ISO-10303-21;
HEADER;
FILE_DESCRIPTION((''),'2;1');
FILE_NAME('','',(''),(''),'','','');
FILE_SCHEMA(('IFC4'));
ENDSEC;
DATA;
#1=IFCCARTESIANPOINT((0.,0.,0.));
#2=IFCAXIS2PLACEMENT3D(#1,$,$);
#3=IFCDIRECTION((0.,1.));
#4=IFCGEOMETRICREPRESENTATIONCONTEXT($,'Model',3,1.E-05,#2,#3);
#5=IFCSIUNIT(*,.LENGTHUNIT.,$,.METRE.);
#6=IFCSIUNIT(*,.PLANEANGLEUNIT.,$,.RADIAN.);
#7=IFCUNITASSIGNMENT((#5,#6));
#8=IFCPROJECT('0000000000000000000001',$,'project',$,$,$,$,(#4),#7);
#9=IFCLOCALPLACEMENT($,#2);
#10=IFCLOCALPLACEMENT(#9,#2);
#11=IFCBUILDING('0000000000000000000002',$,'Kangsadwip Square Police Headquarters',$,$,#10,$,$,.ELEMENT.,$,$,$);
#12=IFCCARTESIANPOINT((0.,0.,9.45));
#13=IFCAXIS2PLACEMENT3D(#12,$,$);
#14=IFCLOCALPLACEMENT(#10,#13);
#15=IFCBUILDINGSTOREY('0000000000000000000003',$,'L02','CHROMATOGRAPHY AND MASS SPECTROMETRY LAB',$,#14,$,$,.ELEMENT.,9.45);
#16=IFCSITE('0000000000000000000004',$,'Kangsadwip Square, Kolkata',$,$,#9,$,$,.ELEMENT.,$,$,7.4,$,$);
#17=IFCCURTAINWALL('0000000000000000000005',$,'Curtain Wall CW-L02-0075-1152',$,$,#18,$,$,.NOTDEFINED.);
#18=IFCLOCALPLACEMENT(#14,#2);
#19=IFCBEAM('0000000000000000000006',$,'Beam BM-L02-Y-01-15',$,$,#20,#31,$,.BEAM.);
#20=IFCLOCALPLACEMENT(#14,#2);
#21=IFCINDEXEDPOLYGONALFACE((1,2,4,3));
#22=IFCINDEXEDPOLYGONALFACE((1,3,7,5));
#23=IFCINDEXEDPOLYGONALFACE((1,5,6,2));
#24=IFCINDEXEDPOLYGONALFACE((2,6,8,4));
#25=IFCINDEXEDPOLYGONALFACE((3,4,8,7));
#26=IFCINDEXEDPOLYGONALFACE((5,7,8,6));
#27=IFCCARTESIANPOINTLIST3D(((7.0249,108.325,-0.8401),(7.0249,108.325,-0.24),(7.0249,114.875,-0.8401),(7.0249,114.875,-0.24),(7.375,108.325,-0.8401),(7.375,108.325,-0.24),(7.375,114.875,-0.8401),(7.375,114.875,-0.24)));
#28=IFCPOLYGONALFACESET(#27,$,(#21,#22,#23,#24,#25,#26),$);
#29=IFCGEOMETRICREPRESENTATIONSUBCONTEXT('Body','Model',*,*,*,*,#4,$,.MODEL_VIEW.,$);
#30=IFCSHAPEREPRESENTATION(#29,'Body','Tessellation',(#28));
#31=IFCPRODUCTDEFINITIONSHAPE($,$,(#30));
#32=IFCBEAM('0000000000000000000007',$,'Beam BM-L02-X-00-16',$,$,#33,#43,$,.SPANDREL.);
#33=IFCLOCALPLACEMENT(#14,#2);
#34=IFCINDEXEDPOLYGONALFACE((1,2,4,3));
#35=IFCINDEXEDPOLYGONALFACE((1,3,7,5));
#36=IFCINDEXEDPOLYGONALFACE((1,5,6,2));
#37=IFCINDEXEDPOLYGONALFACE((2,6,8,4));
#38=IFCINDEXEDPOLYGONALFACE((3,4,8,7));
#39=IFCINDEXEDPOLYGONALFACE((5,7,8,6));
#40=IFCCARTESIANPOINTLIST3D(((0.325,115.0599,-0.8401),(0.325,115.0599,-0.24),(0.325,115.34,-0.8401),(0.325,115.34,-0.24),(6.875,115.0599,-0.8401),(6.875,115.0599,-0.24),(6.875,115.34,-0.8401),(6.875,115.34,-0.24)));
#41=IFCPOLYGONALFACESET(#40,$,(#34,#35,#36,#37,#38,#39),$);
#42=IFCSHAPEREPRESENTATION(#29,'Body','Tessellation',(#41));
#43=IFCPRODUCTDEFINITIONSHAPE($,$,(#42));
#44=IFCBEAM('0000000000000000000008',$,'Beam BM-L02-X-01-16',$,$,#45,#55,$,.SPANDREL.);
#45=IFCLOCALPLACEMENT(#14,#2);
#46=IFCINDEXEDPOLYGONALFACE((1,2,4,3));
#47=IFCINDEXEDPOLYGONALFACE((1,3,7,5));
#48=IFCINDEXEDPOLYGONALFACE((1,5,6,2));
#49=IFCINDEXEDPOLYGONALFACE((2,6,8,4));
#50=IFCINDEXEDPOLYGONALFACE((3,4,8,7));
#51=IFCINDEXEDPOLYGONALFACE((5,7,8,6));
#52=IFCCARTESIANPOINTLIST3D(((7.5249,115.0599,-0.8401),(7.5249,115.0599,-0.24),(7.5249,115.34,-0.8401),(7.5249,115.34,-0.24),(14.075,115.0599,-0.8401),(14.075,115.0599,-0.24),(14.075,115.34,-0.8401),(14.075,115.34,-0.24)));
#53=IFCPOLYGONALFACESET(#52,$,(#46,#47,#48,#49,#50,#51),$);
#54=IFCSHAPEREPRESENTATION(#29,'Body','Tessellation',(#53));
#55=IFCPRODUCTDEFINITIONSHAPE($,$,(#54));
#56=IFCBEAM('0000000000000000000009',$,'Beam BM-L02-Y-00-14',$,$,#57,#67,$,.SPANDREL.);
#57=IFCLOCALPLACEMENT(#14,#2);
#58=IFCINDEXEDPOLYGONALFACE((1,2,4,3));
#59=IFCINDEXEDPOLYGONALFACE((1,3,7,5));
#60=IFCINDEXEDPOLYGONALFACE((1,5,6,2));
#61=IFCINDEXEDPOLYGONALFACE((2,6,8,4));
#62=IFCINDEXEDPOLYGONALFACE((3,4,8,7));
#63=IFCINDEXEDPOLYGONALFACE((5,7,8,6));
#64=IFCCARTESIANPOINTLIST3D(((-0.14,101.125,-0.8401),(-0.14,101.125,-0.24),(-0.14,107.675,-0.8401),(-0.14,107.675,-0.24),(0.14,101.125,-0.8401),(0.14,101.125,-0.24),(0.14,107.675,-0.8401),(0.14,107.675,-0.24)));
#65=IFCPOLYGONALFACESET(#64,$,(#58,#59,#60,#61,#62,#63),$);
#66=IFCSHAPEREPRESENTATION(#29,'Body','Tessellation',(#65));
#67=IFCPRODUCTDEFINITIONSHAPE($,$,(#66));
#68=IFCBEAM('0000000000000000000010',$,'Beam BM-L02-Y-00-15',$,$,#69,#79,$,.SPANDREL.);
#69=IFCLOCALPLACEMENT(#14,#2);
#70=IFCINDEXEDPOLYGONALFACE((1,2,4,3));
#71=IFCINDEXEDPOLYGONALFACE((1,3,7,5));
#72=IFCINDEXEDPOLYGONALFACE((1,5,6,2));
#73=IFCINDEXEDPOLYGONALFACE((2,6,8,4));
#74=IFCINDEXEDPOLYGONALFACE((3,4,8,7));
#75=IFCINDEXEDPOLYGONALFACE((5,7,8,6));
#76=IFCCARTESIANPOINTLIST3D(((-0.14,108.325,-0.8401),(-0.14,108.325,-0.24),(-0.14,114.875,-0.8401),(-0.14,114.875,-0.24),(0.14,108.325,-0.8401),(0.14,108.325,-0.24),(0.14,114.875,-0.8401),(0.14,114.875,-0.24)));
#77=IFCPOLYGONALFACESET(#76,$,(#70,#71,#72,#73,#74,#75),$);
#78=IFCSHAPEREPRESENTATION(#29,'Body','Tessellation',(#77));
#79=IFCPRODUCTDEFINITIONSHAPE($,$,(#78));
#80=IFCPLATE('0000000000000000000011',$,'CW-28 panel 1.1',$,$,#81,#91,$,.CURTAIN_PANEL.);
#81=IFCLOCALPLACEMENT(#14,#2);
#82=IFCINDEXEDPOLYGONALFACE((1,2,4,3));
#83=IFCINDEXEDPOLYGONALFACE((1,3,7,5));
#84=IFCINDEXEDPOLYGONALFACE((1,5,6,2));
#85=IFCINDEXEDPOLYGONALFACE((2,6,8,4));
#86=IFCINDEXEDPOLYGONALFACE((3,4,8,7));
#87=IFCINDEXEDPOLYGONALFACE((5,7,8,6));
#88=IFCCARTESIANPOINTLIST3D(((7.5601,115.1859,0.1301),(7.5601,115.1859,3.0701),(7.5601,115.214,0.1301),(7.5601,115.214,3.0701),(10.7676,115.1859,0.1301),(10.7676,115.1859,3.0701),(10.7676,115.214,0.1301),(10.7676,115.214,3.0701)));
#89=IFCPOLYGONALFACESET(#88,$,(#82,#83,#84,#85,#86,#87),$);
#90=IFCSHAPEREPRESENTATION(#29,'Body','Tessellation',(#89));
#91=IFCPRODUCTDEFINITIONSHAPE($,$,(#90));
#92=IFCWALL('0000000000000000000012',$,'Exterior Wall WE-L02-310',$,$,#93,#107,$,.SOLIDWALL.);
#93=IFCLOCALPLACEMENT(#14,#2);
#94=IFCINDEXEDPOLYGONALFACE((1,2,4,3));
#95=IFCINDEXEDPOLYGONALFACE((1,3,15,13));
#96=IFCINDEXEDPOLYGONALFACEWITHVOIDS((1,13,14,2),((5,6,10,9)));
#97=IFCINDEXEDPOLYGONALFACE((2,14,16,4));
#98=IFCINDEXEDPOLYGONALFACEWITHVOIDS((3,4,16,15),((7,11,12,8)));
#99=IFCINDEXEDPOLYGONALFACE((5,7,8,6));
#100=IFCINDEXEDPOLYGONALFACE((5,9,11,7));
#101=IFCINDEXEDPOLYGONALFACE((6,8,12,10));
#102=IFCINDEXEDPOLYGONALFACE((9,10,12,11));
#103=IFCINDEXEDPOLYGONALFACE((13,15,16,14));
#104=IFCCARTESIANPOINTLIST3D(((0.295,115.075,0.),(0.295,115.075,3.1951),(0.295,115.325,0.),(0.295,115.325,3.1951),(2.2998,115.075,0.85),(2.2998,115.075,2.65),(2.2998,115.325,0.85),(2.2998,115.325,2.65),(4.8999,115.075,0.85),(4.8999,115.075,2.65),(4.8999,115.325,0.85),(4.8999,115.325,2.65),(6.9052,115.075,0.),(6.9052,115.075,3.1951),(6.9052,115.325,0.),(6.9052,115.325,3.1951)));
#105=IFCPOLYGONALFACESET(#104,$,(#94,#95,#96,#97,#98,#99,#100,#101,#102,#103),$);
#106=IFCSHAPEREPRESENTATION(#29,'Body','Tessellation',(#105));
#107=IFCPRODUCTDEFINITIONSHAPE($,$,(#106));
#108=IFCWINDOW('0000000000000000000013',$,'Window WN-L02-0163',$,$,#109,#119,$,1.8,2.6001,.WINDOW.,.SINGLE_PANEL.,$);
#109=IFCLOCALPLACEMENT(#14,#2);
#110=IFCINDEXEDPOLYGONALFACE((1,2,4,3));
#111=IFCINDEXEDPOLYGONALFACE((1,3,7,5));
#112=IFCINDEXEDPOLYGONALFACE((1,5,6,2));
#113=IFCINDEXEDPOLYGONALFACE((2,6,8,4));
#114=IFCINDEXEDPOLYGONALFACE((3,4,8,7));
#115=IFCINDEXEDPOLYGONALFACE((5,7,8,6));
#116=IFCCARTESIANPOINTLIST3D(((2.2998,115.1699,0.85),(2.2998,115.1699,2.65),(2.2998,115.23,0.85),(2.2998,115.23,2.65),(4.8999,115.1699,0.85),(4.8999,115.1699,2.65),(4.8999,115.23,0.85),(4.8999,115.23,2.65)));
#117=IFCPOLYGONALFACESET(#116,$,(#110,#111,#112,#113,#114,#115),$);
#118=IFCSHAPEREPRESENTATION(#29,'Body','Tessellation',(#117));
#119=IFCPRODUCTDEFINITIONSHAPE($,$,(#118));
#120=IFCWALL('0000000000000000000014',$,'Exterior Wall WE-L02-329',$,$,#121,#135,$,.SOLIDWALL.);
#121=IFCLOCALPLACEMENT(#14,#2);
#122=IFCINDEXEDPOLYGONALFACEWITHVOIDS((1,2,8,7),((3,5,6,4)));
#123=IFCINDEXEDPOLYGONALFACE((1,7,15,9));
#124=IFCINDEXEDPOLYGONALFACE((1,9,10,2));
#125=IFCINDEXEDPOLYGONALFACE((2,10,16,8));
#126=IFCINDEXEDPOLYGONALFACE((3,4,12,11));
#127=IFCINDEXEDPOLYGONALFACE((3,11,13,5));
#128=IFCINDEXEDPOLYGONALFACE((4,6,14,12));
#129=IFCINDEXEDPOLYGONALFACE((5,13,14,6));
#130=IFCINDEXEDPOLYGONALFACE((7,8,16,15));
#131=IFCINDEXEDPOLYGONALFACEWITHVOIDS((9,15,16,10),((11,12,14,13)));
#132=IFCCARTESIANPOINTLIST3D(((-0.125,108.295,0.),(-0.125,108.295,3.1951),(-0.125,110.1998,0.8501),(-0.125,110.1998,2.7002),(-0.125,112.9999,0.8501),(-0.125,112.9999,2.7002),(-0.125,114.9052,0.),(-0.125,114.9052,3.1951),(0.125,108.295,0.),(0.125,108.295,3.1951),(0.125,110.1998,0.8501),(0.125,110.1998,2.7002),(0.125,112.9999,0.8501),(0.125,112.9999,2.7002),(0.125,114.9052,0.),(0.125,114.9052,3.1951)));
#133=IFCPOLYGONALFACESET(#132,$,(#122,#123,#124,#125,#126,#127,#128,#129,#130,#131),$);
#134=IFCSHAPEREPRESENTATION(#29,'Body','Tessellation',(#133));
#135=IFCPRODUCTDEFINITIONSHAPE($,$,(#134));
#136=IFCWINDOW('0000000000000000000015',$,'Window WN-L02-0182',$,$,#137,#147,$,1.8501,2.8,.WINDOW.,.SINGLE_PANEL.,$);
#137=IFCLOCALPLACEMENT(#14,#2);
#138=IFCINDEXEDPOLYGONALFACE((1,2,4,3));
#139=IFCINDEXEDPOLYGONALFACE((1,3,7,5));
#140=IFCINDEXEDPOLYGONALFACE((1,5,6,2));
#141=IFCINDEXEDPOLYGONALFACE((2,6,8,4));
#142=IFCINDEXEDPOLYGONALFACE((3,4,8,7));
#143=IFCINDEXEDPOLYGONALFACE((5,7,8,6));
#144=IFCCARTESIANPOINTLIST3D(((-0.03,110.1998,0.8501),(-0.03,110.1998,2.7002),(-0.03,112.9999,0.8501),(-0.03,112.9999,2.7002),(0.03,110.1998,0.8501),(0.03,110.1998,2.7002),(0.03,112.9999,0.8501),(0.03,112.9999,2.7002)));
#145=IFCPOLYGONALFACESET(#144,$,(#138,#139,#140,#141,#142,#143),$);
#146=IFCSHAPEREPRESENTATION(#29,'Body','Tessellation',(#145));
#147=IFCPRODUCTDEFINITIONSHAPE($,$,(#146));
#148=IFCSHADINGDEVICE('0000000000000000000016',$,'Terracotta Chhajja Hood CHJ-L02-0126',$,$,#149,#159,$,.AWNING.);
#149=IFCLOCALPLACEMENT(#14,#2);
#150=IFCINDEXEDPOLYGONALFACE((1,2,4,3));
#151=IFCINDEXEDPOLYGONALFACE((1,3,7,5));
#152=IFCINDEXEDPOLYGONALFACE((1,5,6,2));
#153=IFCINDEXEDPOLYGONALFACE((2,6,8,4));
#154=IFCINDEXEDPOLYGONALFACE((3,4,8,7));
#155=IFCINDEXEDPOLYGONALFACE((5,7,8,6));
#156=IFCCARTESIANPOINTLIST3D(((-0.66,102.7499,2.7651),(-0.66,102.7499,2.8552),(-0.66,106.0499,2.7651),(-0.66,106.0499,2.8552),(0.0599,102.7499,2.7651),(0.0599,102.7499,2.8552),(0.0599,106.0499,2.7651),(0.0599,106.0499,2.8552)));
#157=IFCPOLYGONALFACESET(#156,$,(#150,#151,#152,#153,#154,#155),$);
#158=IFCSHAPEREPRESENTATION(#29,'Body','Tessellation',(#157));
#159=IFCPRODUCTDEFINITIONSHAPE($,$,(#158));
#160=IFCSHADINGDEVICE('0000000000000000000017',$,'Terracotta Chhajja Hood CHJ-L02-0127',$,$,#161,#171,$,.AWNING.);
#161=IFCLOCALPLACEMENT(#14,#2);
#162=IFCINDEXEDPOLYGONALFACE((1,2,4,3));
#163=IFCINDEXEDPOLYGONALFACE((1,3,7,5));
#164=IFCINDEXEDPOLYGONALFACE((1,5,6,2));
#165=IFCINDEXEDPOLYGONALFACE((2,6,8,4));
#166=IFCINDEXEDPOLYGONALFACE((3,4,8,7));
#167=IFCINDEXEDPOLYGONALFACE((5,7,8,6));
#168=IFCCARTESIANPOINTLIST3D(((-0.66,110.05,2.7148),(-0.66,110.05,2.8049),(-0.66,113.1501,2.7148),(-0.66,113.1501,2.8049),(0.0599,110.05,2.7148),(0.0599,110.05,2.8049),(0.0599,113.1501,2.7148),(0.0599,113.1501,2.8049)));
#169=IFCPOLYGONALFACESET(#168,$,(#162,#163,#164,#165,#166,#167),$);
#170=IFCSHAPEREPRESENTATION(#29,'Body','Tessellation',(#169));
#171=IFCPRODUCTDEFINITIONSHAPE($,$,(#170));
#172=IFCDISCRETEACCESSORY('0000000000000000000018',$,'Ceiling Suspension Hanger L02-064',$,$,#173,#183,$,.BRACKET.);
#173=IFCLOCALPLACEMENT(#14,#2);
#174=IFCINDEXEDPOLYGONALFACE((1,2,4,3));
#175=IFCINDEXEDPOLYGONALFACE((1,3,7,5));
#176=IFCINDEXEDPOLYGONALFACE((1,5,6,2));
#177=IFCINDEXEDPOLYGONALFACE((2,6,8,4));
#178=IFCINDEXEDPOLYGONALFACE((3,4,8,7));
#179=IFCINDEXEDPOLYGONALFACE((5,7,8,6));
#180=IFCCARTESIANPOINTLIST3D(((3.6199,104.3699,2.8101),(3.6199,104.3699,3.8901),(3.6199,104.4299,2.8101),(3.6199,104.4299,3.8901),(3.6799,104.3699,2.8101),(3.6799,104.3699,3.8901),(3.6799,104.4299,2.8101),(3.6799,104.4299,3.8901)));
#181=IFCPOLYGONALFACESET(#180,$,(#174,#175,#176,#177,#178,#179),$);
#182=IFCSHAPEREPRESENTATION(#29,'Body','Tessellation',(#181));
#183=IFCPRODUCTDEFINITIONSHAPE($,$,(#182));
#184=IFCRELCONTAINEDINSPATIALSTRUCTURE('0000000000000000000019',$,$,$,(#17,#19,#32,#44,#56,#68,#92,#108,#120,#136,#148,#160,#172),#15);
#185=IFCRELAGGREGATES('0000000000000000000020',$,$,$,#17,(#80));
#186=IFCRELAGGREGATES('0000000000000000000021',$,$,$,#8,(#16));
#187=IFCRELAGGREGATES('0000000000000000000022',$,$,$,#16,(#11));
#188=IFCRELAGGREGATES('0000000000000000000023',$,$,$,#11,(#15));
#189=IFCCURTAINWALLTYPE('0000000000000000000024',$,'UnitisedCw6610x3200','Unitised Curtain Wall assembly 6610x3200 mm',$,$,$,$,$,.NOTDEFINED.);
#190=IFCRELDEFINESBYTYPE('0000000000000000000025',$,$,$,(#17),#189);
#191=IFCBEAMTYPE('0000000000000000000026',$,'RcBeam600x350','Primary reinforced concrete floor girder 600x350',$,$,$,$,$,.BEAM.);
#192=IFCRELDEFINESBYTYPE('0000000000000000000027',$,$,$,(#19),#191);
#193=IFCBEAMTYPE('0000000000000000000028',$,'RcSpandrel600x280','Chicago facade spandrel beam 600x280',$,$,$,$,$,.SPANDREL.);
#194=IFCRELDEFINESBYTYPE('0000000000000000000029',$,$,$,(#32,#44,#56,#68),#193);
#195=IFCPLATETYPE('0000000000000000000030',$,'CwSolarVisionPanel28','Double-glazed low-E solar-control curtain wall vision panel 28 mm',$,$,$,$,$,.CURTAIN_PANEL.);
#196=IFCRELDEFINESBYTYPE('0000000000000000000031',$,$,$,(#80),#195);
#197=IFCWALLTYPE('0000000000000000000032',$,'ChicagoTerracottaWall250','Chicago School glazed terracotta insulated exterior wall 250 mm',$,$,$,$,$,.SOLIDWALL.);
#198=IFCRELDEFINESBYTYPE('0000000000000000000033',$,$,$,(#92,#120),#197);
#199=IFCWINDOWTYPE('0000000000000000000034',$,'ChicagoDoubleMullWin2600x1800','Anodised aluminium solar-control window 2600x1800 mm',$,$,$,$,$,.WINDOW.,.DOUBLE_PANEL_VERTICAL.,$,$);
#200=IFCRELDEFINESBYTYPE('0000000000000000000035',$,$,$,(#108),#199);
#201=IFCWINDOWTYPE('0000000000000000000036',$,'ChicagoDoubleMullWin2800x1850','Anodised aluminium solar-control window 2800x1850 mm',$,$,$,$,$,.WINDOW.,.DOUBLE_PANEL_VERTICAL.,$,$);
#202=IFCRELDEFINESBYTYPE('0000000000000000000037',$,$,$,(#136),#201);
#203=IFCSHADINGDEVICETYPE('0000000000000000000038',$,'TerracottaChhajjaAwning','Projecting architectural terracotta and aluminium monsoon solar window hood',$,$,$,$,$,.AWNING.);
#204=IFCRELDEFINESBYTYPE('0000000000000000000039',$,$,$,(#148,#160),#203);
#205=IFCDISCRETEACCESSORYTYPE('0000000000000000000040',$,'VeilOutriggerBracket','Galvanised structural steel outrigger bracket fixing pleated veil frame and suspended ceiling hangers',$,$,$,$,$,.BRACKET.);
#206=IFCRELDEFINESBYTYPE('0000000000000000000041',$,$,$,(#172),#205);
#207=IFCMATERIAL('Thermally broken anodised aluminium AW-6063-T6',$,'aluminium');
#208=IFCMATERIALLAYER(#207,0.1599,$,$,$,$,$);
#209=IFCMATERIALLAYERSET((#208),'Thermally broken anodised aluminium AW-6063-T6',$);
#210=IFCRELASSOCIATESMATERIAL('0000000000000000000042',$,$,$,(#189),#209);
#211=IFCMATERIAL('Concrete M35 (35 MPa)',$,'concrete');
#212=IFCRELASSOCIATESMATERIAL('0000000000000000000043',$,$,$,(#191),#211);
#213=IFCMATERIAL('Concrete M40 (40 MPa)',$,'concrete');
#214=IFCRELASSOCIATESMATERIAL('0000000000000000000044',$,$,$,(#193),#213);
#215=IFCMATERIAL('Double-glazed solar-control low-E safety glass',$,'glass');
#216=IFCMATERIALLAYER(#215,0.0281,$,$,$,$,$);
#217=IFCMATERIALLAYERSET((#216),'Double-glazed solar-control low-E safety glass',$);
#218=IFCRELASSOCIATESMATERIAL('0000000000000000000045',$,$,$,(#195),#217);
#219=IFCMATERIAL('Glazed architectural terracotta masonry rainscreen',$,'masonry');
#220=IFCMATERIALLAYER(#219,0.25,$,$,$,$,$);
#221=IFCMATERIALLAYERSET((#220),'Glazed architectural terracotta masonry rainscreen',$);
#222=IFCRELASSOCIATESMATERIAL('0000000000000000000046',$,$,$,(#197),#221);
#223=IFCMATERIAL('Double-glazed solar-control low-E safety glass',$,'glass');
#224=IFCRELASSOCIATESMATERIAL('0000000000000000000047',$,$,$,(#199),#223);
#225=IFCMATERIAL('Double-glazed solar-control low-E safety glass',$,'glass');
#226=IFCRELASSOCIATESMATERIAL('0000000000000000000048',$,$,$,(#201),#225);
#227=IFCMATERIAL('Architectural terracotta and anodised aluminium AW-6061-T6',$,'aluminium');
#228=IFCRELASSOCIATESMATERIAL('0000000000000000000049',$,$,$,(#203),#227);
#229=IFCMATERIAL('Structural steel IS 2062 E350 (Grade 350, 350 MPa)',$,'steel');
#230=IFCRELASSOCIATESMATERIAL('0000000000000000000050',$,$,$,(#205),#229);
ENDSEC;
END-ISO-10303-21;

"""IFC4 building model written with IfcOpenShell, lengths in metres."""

from ifc_helpers import new_model, si_unit, direction, frame, frame_2d, origin, origin_2d, place, context, subcontext, project, spatial, rectangle, extrude, material, layer, layer_set, material_profile, profile_set, type_object, element, fill, aggregate, save


model = new_model("IFC4")

# Units and contexts
model_context = context("Model", 3, precision=1e-05, world=origin(), true_north=direction((0.0, 1.0)))
body_context = subcontext(model_context, "Body", "Model", "MODEL_VIEW")
ifc_project = project(units=[si_unit("LENGTHUNIT", "METRE"), si_unit("PLANEANGLEUNIT", "RADIAN")], contexts=[model_context])

# Site, building, storey
site_placement = place(None, origin())
site = spatial("IfcSite", under=ifc_project, at=site_placement, Name="Kangsadwip Square, Kolkata", CompositionType="ELEMENT", RefElevation=7.4)
building_placement = place(site_placement, origin())
building = spatial("IfcBuilding", under=site, at=building_placement, Name="Kangsadwip Square Police Headquarters", CompositionType="ELEMENT")
storey_placement = place(building_placement, frame((0.0, 0.0, 9.45)))
storey = spatial("IfcBuildingStorey", under=building, at=storey_placement, Name="L02", Description="CHROMATOGRAPHY AND MASS SPECTROMETRY LAB", CompositionType="ELEMENT", Elevation=9.45)

# Curtain wall
ifc_material_1 = material(Name="Thermally broken anodised aluminium AW-6063-T6", Category="aluminium")
ifc_layer_1 = layer(ifc_material_1, 0.1599)
ifc_layer_set_1 = layer_set([ifc_layer_1], Name="Thermally broken anodised aluminium AW-6063-T6")
curtain_wall_type = type_object("IfcCurtainWallType", Name="UnitisedCw6610x3200", Description="Unitised Curtain Wall assembly 6610x3200 mm", PredefinedType="NOTDEFINED", material=ifc_layer_set_1)
curtain_wall_placement = place(storey_placement, origin())
curtain_wall = element("IfcCurtainWall", 1, at=curtain_wall_placement, inside=storey, type_object=curtain_wall_type, Name="Curtain Wall CW-L02-0075-1152", PredefinedType="NOTDEFINED")

# Beams
ifc_material_2 = material(Name="Concrete M35 (35 MPa)", Category="concrete")
ifc_material_profile_1 = material_profile(ifc_material_2, rectangle(XDim=0.3501, YDim=0.6001, at=origin_2d()), Name="RC BM 600X350")
ifc_profile_set_1 = profile_set([ifc_material_profile_1], Name="Concrete M35 (35 MPa)")
beam_type_1 = type_object("IfcBeamType", Name="RcBeam600x350", Description="Primary reinforced concrete floor girder 600x350", PredefinedType="BEAM", material=ifc_profile_set_1)
for number, where, z_axis, x_axis, name in (
    (2, (7.2, 108.325, -0.54), (0.0, 1.0, 0.0), (-1.0, 0.0, 0.0), "Beam BM-L02-Y-01-15"),
):
    element("IfcBeam", number, at=place(storey_placement, frame(where, z_axis=z_axis, x_axis=x_axis)), inside=storey, type_object=beam_type_1, Name=name, PredefinedType="BEAM", context=body_context, shape_type="SweptSolid", body=[
        extrude(rectangle(XDim=0.3501, YDim=0.6001, at=origin_2d()), origin(), (0.0, 0.0, 1.0), 6.55),
    ])
ifc_material_3 = material(Name="Concrete M40 (40 MPa)", Category="concrete")
ifc_material_profile_2 = material_profile(ifc_material_3, rectangle(XDim=0.28, YDim=0.6001, at=origin_2d()), Name="RC SPN 600X280")
ifc_profile_set_2 = profile_set([ifc_material_profile_2], Name="Concrete M40 (40 MPa)")
beam_type_2 = type_object("IfcBeamType", Name="RcSpandrel600x280", Description="Chicago facade spandrel beam 600x280", PredefinedType="SPANDREL", material=ifc_profile_set_2)
for number, where, z_axis, x_axis, name in (
    (3, (0.325, 115.2, -0.54), (1.0, 0.0, 0.0), (0.0, 1.0, 0.0), "Beam BM-L02-X-00-16"),
    (4, (7.5249, 115.2, -0.54), (1.0, 0.0, 0.0), (0.0, 1.0, 0.0), "Beam BM-L02-X-01-16"),
    (5, (0.0, 101.125, -0.54), (0.0, 1.0, 0.0), (-1.0, 0.0, 0.0), "Beam BM-L02-Y-00-14"),
    (6, (0.0, 108.325, -0.54), (0.0, 1.0, 0.0), (-1.0, 0.0, 0.0), "Beam BM-L02-Y-00-15"),
):
    element("IfcBeam", number, at=place(storey_placement, frame(where, z_axis=z_axis, x_axis=x_axis)), inside=storey, type_object=beam_type_2, Name=name, PredefinedType="SPANDREL", context=body_context, shape_type="SweptSolid", body=[
        extrude(rectangle(XDim=0.28, YDim=0.6001, at=origin_2d()), origin(), (0.0, 0.0, 1.0), 6.55),
    ])

# Plate
ifc_material_4 = material(Name="Double-glazed solar-control low-E safety glass", Category="glass")
ifc_layer_2 = layer(ifc_material_4, 0.0281)
ifc_layer_set_2 = layer_set([ifc_layer_2], Name="Double-glazed solar-control low-E safety glass")
plate_type = type_object("IfcPlateType", Name="CwSolarVisionPanel28", Description="Double-glazed low-E solar-control curtain wall vision panel 28 mm", PredefinedType="CURTAIN_PANEL", material=ifc_layer_set_2)
plate_placement = place(storey_placement, frame((9.1638, 115.2, 0.1301), z_axis=(0.0, 0.0, 1.0), x_axis=(1.0, 0.0, 0.0)))
plate = element("IfcPlate", 7, at=plate_placement, type_object=plate_type, Name="CW-28 panel 1.1", PredefinedType="CURTAIN_PANEL", context=body_context, shape_type="SweptSolid", body=[
    extrude(rectangle(XDim=3.2075, YDim=0.0281, at=origin_2d()), origin(), (0.0, 0.0, 1.0), 2.9399),
])
aggregate(curtain_wall, [plate])

# Walls, openings, windows
ifc_material_5 = material(Name="Glazed architectural terracotta masonry rainscreen", Category="masonry")
ifc_layer_3 = layer(ifc_material_5, 0.25)
ifc_layer_set_3 = layer_set([ifc_layer_3], Name="Glazed architectural terracotta masonry rainscreen")
wall_type = type_object("IfcWallType", Name="ChicagoTerracottaWall250", Description="Chicago School glazed terracotta insulated exterior wall 250 mm", PredefinedType="SOLIDWALL", material=ifc_layer_set_3)
wall_1_placement = place(storey_placement, frame((0.2949, 115.2, 0.0), z_axis=(0.0, 0.0, 1.0), x_axis=(1.0, 0.0, 0.0)))
wall_1 = element("IfcWall", 8, at=wall_1_placement, inside=storey, type_object=wall_type, Name="Exterior Wall WE-L02-310", PredefinedType="SOLIDWALL", context=body_context, shape_type="SweptSolid", body=[
    extrude(rectangle(XDim=6.6101, YDim=0.25, at=frame_2d((3.3052, 0.0))), origin(), (0.0, 0.0, 1.0), 3.1951),
])
opening_1_placement = place(wall_1_placement, frame((2.0049, 0.0, 0.8501)))
opening_1 = element("IfcOpeningElement", 9, at=opening_1_placement, cuts=wall_1, PredefinedType="OPENING", context=body_context, shape_type="SweptSolid", body=[
    extrude(rectangle(XDim=2.6001, YDim=1.8, at=frame_2d((1.3, 0.8999))), frame((0.0, 0.135, 0.0), z_axis=(0.0, -1.0, 0.0), x_axis=(1.0, 0.0, 0.0)), (0.0, 0.0, 1.0), 0.27),
])
ifc_material_6 = material(Name="Double-glazed solar-control low-E safety glass", Category="glass")
window_type_1 = type_object("IfcWindowType", Name="ChicagoDoubleMullWin2600x1800", Description="Anodised aluminium solar-control window 2600x1800 mm", PartitioningType="DOUBLE_PANEL_VERTICAL", PredefinedType="WINDOW", material=ifc_material_6)
window_1_placement = place(opening_1_placement, origin())
window_1 = element("IfcWindow", 10, at=window_1_placement, inside=storey, type_object=window_type_1, Name="Window WN-L02-0163", OverallHeight=1.8, OverallWidth=2.6001, PartitioningType="SINGLE_PANEL", PredefinedType="WINDOW", context=body_context, shape_type="SweptSolid", body=[
    extrude(rectangle(XDim=2.6001, YDim=1.8, at=frame_2d((1.3, 0.8999))), frame((0.0, 0.03, 0.0), z_axis=(0.0, -1.0, 0.0), x_axis=(1.0, 0.0, 0.0)), (0.0, 0.0, 1.0), 0.0601),
])
fill(opening_1, window_1)
wall_2_placement = place(storey_placement, frame((0.0, 108.2949, 0.0), z_axis=(0.0, 0.0, 1.0), x_axis=(0.0, 1.0, 0.0)))
wall_2 = element("IfcWall", 11, at=wall_2_placement, inside=storey, type_object=wall_type, Name="Exterior Wall WE-L02-329", PredefinedType="SOLIDWALL", context=body_context, shape_type="SweptSolid", body=[
    extrude(rectangle(XDim=6.6101, YDim=0.25, at=frame_2d((3.3052, 0.0))), origin(), (0.0, 0.0, 1.0), 3.1951),
])
opening_2_placement = place(wall_2_placement, frame((1.905, 0.0, 0.8501)))
opening_2 = element("IfcOpeningElement", 12, at=opening_2_placement, cuts=wall_2, PredefinedType="OPENING", context=body_context, shape_type="SweptSolid", body=[
    extrude(rectangle(XDim=2.8, YDim=1.8501, at=frame_2d((1.3999, 0.925))), frame((0.0, 0.135, 0.0), z_axis=(0.0, -1.0, 0.0), x_axis=(1.0, 0.0, 0.0)), (0.0, 0.0, 1.0), 0.27),
])
ifc_material_7 = material(Name="Double-glazed solar-control low-E safety glass", Category="glass")
window_type_2 = type_object("IfcWindowType", Name="ChicagoDoubleMullWin2800x1850", Description="Anodised aluminium solar-control window 2800x1850 mm", PartitioningType="DOUBLE_PANEL_VERTICAL", PredefinedType="WINDOW", material=ifc_material_7)
window_2_placement = place(opening_2_placement, origin())
window_2 = element("IfcWindow", 13, at=window_2_placement, inside=storey, type_object=window_type_2, Name="Window WN-L02-0182", OverallHeight=1.8501, OverallWidth=2.8, PartitioningType="SINGLE_PANEL", PredefinedType="WINDOW", context=body_context, shape_type="SweptSolid", body=[
    extrude(rectangle(XDim=2.8, YDim=1.8501, at=frame_2d((1.3999, 0.925))), frame((0.0, 0.03, 0.0), z_axis=(0.0, -1.0, 0.0), x_axis=(1.0, 0.0, 0.0)), (0.0, 0.0, 1.0), 0.0601),
])
fill(opening_2, window_2)

# Shading devices
ifc_material_8 = material(Name="Architectural terracotta and anodised aluminium AW-6061-T6", Category="aluminium")
shading_device_type = type_object("IfcShadingDeviceType", Name="TerracottaChhajjaAwning", Description="Projecting architectural terracotta and aluminium monsoon solar window hood", PredefinedType="AWNING", material=ifc_material_8)
shading_device_1_placement = place(storey_placement, frame((-0.3, 104.3999, 2.7651), z_axis=(0.0, 0.0, 1.0), x_axis=(0.0, 1.0, 0.0)))
element("IfcShadingDevice", 14, at=shading_device_1_placement, inside=storey, type_object=shading_device_type, Name="Terracotta Chhajja Hood CHJ-L02-0126", PredefinedType="AWNING", context=body_context, shape_type="SweptSolid", body=[
    extrude(rectangle(XDim=3.3, YDim=0.72, at=origin_2d()), origin(), (0.0, 0.0, 1.0), 0.0901),
])
shading_device_2_placement = place(storey_placement, frame((-0.3, 111.6001, 2.7148), z_axis=(0.0, 0.0, 1.0), x_axis=(0.0, 1.0, 0.0)))
element("IfcShadingDevice", 15, at=shading_device_2_placement, inside=storey, type_object=shading_device_type, Name="Terracotta Chhajja Hood CHJ-L02-0127", PredefinedType="AWNING", context=body_context, shape_type="SweptSolid", body=[
    extrude(rectangle(XDim=3.1001, YDim=0.72, at=origin_2d()), origin(), (0.0, 0.0, 1.0), 0.0901),
])

# Discrete accessory
ifc_material_9 = material(Name="Structural steel IS 2062 E350 (Grade 350, 350 MPa)", Category="steel")
discrete_accessory_type = type_object("IfcDiscreteAccessoryType", Name="VeilOutriggerBracket", Description="Galvanised structural steel outrigger bracket fixing pleated veil frame and suspended ceiling hangers", PredefinedType="BRACKET", material=ifc_material_9)
for number, where, z_axis, x_axis, name in (
    (16, (3.6499, 104.3999, 2.8101), (0.0, 0.0, 1.0), (1.0, 0.0, 0.0), "Ceiling Suspension Hanger L02-064"),
):
    element("IfcDiscreteAccessory", number, at=place(storey_placement, frame(where, z_axis=z_axis, x_axis=x_axis)), inside=storey, type_object=discrete_accessory_type, Name=name, PredefinedType="BRACKET", context=body_context, shape_type="SweptSolid", body=[
        extrude(rectangle(XDim=0.0601, YDim=0.0601, at=origin_2d()), origin(), (0.0, 0.0, 1.0), 1.0801),
    ])

save(model, "model.ifc")
